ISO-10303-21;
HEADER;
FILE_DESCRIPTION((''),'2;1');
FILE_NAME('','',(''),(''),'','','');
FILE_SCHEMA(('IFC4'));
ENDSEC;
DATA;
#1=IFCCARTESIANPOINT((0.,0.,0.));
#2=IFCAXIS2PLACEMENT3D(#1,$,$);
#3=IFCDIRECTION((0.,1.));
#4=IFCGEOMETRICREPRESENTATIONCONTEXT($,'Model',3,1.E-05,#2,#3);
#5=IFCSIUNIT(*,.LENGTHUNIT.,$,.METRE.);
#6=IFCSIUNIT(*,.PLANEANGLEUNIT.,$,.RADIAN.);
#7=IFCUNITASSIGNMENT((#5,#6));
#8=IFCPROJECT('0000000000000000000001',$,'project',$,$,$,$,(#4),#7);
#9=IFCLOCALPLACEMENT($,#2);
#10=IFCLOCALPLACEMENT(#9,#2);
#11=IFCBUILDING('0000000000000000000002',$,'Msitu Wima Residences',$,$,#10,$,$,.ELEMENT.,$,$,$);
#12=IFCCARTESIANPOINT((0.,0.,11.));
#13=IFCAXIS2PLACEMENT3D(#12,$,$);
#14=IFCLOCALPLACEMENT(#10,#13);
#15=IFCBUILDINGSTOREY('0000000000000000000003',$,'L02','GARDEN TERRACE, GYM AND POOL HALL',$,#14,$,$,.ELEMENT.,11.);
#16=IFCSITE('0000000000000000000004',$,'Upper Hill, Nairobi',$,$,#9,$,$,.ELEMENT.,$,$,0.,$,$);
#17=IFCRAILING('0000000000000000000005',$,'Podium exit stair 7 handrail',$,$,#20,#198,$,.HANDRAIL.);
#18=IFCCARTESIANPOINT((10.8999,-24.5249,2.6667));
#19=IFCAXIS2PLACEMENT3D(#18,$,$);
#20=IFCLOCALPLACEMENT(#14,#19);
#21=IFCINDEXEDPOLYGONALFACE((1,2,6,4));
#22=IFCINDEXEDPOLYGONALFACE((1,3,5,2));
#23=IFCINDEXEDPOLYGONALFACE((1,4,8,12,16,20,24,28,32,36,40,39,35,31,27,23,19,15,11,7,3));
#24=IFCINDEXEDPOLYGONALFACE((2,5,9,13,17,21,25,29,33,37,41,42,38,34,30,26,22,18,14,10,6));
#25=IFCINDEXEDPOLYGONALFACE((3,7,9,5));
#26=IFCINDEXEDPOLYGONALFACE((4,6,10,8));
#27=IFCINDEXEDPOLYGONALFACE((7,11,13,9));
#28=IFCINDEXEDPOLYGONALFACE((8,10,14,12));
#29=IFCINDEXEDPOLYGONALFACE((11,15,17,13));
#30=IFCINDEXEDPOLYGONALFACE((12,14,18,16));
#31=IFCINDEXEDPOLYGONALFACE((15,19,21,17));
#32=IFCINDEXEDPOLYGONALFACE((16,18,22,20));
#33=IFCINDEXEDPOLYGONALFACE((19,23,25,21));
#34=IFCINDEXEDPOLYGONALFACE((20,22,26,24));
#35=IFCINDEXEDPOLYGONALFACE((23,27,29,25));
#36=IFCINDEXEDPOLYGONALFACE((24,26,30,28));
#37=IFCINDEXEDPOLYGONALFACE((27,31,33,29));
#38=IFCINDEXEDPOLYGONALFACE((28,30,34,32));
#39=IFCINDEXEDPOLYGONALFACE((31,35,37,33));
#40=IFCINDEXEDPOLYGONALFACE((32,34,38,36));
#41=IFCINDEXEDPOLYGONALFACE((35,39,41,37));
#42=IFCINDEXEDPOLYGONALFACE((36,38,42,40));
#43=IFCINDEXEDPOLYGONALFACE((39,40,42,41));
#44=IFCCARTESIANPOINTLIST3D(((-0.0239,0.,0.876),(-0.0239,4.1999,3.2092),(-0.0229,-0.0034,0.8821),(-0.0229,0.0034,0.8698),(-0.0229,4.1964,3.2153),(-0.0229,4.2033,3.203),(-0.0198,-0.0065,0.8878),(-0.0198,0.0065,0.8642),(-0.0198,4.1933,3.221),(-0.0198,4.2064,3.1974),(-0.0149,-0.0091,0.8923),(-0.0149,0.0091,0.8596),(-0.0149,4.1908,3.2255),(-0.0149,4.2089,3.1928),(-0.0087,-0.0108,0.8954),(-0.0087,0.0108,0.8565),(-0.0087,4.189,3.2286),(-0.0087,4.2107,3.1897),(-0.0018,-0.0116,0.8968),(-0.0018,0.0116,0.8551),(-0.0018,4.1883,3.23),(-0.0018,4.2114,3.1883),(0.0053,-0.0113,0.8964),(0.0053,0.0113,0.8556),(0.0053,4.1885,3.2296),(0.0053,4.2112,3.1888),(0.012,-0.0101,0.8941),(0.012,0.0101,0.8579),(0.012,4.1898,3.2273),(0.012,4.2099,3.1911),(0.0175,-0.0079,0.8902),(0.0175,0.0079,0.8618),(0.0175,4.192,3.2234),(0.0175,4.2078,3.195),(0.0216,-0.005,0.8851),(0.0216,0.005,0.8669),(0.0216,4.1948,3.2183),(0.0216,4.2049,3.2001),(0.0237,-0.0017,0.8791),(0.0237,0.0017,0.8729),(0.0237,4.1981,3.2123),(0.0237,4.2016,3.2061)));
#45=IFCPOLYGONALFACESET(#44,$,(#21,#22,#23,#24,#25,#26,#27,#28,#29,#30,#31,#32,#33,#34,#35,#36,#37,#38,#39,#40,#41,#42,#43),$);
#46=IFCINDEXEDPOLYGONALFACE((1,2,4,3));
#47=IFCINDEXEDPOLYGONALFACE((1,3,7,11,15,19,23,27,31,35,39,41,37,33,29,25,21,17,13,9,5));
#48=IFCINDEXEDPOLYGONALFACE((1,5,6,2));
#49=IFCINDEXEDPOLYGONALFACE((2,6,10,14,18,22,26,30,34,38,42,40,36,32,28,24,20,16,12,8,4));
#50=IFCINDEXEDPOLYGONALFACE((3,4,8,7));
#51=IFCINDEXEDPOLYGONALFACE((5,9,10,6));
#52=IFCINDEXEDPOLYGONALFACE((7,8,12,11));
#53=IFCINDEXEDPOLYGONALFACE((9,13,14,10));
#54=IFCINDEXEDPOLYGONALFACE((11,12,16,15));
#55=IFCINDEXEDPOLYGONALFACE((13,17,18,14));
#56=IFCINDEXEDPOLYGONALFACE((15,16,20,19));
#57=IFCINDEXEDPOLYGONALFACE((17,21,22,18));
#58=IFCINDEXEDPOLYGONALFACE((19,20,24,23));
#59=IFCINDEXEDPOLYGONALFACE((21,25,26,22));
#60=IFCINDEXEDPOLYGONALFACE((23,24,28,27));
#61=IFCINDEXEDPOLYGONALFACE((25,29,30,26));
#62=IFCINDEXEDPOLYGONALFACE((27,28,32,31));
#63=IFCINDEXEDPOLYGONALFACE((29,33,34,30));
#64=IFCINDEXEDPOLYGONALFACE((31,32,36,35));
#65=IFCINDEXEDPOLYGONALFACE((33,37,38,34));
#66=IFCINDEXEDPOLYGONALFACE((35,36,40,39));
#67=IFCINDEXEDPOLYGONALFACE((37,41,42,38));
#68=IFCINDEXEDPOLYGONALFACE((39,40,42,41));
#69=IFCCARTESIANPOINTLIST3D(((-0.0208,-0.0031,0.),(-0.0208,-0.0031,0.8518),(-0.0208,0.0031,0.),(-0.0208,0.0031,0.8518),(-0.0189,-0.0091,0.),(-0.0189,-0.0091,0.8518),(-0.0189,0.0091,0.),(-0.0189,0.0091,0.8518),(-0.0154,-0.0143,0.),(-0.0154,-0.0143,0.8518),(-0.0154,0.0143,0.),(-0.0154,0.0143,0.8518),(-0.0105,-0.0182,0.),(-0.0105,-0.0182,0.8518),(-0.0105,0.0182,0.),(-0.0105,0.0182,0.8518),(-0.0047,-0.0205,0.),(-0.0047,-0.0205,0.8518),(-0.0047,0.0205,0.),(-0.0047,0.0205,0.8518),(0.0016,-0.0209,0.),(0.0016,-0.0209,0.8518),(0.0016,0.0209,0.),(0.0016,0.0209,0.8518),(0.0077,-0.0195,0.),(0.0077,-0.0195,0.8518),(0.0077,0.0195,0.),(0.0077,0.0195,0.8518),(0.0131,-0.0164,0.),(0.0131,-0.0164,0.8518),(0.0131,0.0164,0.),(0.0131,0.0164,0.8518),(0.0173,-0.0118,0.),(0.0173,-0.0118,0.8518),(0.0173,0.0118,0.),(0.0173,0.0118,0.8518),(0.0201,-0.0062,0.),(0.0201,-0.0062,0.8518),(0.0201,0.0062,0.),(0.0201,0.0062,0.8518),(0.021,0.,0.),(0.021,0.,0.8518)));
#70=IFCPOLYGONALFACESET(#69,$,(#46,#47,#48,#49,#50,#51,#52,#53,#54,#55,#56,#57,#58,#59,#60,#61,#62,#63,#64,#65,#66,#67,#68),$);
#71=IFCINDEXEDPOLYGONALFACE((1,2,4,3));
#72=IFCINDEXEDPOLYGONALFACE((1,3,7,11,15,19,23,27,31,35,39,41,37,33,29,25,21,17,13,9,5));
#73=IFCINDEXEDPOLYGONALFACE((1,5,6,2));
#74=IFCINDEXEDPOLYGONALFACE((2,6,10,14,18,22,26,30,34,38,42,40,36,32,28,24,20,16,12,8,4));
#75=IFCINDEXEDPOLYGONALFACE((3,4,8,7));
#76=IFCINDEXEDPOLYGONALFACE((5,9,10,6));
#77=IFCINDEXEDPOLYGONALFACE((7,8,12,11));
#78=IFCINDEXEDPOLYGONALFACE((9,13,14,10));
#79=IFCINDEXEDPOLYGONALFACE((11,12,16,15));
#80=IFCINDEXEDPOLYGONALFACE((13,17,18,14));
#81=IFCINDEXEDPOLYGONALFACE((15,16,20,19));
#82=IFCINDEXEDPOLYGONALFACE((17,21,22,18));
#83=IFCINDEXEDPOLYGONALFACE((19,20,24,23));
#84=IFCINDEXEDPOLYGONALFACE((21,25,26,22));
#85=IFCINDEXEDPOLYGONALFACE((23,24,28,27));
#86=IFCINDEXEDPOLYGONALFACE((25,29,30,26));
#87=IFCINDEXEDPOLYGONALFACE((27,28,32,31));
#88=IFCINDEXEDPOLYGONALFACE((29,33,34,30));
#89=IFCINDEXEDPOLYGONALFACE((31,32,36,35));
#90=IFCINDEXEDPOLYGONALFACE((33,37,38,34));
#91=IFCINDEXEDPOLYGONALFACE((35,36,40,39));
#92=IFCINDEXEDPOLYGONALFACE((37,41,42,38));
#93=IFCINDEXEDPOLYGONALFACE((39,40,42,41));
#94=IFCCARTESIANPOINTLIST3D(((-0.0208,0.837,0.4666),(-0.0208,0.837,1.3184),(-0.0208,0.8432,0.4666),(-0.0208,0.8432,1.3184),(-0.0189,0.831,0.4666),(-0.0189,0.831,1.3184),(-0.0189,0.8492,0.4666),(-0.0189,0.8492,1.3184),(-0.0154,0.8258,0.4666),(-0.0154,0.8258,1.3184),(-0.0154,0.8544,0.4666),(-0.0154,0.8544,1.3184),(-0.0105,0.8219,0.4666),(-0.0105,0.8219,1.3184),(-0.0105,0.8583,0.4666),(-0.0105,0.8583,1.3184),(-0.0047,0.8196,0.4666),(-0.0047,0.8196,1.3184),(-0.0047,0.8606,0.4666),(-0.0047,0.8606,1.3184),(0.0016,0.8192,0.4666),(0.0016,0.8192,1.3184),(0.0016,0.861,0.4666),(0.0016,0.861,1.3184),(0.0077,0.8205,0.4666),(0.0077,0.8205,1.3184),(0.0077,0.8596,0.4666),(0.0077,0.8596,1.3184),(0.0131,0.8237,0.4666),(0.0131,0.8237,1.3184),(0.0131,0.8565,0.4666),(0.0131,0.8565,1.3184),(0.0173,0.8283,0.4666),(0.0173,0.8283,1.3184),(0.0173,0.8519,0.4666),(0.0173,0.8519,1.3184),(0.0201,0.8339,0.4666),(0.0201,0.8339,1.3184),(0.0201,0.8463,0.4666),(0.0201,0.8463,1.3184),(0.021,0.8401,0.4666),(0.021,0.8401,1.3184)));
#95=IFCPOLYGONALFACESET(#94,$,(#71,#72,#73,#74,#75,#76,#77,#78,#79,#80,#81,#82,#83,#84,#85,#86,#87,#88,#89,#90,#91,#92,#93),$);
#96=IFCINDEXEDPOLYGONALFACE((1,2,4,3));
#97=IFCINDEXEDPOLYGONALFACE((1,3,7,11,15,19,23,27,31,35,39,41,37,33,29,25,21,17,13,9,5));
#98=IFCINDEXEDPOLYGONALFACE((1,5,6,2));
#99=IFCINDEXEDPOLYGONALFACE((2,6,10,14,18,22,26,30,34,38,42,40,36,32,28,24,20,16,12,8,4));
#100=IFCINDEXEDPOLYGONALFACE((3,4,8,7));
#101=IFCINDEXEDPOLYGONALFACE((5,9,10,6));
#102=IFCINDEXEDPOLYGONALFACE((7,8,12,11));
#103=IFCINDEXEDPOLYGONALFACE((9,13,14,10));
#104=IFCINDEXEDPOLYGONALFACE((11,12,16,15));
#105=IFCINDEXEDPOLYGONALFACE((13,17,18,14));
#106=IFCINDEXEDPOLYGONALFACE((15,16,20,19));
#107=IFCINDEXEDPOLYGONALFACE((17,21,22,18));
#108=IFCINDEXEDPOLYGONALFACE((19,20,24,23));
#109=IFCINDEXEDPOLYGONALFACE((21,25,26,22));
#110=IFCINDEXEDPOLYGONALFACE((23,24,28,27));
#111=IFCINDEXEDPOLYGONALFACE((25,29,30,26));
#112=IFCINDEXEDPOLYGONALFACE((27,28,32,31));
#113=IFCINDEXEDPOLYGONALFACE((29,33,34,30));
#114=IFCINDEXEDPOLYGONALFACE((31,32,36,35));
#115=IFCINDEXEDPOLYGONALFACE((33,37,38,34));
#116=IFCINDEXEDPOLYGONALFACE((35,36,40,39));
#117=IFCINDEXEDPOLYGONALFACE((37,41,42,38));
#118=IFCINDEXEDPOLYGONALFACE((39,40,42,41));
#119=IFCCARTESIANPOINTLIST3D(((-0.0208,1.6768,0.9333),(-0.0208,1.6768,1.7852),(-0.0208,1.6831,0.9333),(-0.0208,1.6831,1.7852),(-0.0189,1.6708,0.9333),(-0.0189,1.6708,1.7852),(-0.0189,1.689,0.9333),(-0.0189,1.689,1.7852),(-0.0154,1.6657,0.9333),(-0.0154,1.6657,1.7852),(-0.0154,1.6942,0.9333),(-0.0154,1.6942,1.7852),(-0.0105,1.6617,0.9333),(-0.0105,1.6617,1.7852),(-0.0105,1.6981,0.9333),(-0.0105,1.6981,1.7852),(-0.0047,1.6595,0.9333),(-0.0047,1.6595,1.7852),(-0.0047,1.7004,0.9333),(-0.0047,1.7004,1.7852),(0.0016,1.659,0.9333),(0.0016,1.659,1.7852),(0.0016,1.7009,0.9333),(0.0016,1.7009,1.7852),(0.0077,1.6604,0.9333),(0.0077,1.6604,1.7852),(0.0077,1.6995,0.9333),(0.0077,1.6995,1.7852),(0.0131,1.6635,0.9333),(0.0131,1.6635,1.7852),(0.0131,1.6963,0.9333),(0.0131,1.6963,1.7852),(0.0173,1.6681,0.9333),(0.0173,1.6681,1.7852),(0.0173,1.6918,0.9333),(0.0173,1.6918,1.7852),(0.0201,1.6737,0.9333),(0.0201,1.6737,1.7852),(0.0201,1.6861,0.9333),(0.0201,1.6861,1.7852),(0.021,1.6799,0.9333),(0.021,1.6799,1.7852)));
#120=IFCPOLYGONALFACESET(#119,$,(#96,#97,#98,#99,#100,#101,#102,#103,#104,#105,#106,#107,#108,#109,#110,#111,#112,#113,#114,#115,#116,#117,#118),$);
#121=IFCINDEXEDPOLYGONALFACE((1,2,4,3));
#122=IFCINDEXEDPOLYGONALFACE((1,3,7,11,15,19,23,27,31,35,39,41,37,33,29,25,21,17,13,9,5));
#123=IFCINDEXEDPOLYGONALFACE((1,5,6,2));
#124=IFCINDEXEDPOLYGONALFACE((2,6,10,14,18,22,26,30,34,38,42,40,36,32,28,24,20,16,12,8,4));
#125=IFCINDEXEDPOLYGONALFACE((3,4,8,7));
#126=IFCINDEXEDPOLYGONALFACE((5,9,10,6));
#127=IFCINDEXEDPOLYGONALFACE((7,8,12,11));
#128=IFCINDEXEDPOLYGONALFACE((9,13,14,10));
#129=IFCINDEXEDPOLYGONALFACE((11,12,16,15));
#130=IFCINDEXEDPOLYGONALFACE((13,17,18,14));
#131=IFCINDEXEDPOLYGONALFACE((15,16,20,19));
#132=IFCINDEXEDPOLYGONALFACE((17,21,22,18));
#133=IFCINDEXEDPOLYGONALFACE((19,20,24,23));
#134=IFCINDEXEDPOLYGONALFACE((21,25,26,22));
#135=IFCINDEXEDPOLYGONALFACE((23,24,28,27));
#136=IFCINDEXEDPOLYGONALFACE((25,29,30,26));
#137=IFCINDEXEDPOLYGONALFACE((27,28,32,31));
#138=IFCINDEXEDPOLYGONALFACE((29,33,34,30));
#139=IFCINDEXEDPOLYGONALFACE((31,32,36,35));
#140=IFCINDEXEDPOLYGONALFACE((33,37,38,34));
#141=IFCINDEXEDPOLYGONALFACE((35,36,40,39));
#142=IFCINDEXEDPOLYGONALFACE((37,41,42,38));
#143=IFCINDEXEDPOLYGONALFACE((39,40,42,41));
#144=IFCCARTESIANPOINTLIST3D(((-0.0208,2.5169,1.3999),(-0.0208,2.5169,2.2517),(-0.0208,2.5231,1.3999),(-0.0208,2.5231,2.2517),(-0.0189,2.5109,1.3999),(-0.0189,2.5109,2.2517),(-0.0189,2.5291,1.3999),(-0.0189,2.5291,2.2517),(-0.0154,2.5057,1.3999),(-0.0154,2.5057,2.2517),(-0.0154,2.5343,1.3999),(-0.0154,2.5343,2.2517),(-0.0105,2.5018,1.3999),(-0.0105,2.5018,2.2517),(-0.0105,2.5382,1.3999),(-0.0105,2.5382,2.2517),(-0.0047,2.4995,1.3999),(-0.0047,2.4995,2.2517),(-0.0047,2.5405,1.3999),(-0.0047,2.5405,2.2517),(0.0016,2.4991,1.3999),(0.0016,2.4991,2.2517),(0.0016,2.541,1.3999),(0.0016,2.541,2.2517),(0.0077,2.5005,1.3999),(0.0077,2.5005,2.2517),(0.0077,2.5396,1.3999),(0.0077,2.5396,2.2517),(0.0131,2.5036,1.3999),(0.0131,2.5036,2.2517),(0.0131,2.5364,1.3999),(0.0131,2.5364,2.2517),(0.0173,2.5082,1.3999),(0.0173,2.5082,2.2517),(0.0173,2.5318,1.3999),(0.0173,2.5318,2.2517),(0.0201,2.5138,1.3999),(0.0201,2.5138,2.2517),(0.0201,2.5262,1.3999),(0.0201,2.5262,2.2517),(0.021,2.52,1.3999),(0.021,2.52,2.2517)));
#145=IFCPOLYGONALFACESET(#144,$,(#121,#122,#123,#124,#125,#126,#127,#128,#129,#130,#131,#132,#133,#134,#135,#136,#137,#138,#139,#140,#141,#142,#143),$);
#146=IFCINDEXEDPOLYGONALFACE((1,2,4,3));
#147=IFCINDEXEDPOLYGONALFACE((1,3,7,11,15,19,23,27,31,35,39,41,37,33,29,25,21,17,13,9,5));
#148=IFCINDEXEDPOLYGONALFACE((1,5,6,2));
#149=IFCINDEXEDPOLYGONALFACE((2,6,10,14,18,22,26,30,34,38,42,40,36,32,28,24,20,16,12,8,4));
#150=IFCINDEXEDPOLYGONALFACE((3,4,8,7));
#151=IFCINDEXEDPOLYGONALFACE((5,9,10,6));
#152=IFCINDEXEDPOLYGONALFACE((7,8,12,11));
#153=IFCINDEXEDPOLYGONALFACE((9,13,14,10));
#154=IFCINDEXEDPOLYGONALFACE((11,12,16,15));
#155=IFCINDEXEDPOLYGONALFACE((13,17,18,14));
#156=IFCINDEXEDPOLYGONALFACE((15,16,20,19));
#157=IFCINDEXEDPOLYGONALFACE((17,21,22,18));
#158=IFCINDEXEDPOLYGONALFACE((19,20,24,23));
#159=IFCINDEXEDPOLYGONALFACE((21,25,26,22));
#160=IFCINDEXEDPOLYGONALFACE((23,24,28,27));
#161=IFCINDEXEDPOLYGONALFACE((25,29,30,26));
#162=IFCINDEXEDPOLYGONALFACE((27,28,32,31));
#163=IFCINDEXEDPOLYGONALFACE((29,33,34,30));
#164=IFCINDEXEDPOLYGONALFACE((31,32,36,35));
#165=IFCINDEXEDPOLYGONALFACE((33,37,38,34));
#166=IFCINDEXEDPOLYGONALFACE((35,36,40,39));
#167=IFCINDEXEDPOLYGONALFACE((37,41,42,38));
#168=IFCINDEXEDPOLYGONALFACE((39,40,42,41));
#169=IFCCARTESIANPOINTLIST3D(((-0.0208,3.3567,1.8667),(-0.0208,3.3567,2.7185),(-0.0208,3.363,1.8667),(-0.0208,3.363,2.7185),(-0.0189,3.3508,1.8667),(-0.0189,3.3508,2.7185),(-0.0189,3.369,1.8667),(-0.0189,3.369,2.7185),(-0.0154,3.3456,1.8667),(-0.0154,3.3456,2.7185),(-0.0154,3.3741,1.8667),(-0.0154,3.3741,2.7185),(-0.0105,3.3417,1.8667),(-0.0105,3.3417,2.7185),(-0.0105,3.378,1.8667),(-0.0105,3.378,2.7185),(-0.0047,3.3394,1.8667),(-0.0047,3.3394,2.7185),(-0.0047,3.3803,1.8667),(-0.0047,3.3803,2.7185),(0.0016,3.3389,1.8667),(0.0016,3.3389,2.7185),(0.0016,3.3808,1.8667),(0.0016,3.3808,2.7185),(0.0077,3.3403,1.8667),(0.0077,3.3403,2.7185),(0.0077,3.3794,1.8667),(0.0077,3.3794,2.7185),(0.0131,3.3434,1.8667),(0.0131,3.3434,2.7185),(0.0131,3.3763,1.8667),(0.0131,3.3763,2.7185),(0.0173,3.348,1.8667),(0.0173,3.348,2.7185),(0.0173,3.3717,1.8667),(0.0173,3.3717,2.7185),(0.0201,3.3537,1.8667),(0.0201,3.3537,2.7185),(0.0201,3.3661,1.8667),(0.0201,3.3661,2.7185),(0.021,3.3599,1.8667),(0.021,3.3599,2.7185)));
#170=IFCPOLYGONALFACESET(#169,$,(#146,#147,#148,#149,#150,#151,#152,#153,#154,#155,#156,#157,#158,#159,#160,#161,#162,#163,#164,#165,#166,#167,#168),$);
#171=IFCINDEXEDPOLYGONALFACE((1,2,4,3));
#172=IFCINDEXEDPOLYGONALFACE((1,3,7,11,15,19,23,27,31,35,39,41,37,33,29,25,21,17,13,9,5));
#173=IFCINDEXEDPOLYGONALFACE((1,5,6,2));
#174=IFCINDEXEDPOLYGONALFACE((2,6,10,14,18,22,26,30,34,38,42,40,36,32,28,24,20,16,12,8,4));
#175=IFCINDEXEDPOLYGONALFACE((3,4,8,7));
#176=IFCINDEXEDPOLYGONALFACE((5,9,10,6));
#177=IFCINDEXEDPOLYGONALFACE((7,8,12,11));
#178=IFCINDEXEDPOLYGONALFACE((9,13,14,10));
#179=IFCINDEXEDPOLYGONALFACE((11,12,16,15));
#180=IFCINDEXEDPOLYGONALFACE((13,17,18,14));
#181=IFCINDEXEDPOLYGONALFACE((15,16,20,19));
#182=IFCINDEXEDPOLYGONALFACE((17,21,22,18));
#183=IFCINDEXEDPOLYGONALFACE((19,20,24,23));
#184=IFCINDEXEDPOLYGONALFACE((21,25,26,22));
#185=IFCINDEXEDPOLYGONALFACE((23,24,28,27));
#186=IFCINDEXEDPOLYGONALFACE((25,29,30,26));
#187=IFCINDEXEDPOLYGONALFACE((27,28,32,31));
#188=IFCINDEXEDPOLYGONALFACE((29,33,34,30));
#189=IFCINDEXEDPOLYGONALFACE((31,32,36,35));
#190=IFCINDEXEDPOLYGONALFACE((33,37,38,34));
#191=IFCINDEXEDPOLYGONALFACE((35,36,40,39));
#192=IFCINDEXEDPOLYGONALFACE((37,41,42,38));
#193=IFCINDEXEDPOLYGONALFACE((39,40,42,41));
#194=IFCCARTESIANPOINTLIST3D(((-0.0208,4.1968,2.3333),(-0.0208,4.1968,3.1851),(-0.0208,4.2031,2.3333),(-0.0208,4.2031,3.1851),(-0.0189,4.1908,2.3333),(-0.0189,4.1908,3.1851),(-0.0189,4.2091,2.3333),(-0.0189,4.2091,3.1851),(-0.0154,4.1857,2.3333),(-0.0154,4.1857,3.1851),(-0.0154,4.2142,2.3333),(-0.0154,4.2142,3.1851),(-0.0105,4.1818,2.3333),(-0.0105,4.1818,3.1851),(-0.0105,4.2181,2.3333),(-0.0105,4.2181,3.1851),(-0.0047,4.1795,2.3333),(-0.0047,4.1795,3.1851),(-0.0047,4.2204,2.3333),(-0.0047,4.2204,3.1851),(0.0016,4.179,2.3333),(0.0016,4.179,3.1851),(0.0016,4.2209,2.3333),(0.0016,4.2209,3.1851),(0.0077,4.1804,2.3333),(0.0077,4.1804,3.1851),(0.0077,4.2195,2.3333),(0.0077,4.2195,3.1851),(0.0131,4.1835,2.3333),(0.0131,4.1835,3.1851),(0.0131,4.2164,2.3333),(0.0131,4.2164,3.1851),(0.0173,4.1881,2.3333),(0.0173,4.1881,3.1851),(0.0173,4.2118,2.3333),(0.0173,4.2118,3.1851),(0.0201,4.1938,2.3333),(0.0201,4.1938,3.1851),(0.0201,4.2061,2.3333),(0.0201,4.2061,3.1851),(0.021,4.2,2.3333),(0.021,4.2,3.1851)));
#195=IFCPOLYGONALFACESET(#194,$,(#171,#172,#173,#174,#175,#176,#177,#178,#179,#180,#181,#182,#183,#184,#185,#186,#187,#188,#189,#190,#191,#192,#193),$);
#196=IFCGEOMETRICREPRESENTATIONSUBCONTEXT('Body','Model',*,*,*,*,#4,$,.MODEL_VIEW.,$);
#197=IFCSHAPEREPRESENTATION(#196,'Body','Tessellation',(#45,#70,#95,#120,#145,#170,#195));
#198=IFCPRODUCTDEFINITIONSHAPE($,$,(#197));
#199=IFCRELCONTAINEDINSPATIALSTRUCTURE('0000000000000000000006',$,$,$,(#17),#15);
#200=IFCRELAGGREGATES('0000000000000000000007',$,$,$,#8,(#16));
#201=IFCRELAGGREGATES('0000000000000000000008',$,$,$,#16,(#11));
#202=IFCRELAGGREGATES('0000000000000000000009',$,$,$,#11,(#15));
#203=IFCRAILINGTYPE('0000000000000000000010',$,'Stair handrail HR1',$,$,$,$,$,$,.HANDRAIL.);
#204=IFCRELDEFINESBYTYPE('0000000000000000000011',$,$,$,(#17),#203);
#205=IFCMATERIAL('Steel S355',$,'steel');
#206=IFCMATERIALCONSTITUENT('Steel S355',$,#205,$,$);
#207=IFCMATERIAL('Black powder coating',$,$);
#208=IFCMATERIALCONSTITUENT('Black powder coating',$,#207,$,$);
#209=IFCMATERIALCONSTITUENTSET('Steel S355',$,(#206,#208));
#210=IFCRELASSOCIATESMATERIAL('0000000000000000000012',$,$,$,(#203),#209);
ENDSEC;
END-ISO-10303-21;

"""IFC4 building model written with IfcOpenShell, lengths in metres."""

from ifc_helpers import new_model, si_unit, direction, frame, origin, origin_2d, place, context, subcontext, project, spatial, circle, extrude, material, constituent, constituent_set, type_object, element, save


model = new_model("IFC4")

# Units and contexts
model_context = context("Model", 3, precision=1e-05, world=origin(), true_north=direction((0.0, 1.0)))
body_context = subcontext(model_context, "Body", "Model", "MODEL_VIEW")
ifc_project = project(units=[si_unit("LENGTHUNIT", "METRE"), si_unit("PLANEANGLEUNIT", "RADIAN")], contexts=[model_context])

# Site, building, storey
site_placement = place(None, origin())
site = spatial("IfcSite", under=ifc_project, at=site_placement, Name="Upper Hill, Nairobi", CompositionType="ELEMENT", RefElevation=0.0)
building_placement = place(site_placement, origin())
building = spatial("IfcBuilding", under=site, at=building_placement, Name="Msitu Wima Residences", CompositionType="ELEMENT")
storey_placement = place(building_placement, frame((0.0, 0.0, 11.0)))
storey = spatial("IfcBuildingStorey", under=building, at=storey_placement, Name="L02", Description="GARDEN TERRACE, GYM AND POOL HALL", CompositionType="ELEMENT", Elevation=11.0)

# Railing
ifc_material_1 = material(Name="Steel S355", Category="steel")
ifc_constituent_1 = constituent(ifc_material_1, Name="Steel S355")
ifc_material_2 = material(Name="Black powder coating")
ifc_constituent_2 = constituent(ifc_material_2, Name="Black powder coating")
ifc_constituent_set = constituent_set(constituents=[ifc_constituent_1, ifc_constituent_2], Name="Steel S355")
railing_type = type_object("IfcRailingType", Name="Stair handrail HR1", PredefinedType="HANDRAIL", material=ifc_constituent_set)
for number, where, name in (
    (1, (10.8999, -24.5249, 2.6667), "Podium exit stair 7 handrail"),
):
    element("IfcRailing", number, at=place(storey_placement, frame(where)), inside=storey, type_object=railing_type, Name=name, PredefinedType="HANDRAIL", context=body_context, shape_type="SweptSolid", body=[
        extrude(circle(Radius=0.0239, at=origin_2d()), frame((0.0, 0.0, 0.876), z_axis=(0.0, 0.874162, 0.485634), x_axis=(-1.0, 0.0, 0.0)), (0.0, 0.0, 1.0), 4.8044),
        extrude(circle(Radius=0.021, at=origin_2d()), origin(), (0.0, 0.0, 1.0), 0.8518),
        extrude(circle(Radius=0.021, at=origin_2d()), frame((0.0, 0.8401, 0.4666)), (0.0, 0.0, 1.0), 0.8518),
        extrude(circle(Radius=0.021, at=origin_2d()), frame((0.0, 1.6799, 0.9333)), (0.0, 0.0, 1.0), 0.8518),
        extrude(circle(Radius=0.021, at=origin_2d()), frame((0.0, 2.52, 1.3999)), (0.0, 0.0, 1.0), 0.8518),
        extrude(circle(Radius=0.021, at=origin_2d()), frame((0.0, 3.3599, 1.8667)), (0.0, 0.0, 1.0), 0.8518),
        extrude(circle(Radius=0.021, at=origin_2d()), frame((0.0, 4.2, 2.3333)), (0.0, 0.0, 1.0), 0.8518),
    ])

save(model, "model.ifc")
